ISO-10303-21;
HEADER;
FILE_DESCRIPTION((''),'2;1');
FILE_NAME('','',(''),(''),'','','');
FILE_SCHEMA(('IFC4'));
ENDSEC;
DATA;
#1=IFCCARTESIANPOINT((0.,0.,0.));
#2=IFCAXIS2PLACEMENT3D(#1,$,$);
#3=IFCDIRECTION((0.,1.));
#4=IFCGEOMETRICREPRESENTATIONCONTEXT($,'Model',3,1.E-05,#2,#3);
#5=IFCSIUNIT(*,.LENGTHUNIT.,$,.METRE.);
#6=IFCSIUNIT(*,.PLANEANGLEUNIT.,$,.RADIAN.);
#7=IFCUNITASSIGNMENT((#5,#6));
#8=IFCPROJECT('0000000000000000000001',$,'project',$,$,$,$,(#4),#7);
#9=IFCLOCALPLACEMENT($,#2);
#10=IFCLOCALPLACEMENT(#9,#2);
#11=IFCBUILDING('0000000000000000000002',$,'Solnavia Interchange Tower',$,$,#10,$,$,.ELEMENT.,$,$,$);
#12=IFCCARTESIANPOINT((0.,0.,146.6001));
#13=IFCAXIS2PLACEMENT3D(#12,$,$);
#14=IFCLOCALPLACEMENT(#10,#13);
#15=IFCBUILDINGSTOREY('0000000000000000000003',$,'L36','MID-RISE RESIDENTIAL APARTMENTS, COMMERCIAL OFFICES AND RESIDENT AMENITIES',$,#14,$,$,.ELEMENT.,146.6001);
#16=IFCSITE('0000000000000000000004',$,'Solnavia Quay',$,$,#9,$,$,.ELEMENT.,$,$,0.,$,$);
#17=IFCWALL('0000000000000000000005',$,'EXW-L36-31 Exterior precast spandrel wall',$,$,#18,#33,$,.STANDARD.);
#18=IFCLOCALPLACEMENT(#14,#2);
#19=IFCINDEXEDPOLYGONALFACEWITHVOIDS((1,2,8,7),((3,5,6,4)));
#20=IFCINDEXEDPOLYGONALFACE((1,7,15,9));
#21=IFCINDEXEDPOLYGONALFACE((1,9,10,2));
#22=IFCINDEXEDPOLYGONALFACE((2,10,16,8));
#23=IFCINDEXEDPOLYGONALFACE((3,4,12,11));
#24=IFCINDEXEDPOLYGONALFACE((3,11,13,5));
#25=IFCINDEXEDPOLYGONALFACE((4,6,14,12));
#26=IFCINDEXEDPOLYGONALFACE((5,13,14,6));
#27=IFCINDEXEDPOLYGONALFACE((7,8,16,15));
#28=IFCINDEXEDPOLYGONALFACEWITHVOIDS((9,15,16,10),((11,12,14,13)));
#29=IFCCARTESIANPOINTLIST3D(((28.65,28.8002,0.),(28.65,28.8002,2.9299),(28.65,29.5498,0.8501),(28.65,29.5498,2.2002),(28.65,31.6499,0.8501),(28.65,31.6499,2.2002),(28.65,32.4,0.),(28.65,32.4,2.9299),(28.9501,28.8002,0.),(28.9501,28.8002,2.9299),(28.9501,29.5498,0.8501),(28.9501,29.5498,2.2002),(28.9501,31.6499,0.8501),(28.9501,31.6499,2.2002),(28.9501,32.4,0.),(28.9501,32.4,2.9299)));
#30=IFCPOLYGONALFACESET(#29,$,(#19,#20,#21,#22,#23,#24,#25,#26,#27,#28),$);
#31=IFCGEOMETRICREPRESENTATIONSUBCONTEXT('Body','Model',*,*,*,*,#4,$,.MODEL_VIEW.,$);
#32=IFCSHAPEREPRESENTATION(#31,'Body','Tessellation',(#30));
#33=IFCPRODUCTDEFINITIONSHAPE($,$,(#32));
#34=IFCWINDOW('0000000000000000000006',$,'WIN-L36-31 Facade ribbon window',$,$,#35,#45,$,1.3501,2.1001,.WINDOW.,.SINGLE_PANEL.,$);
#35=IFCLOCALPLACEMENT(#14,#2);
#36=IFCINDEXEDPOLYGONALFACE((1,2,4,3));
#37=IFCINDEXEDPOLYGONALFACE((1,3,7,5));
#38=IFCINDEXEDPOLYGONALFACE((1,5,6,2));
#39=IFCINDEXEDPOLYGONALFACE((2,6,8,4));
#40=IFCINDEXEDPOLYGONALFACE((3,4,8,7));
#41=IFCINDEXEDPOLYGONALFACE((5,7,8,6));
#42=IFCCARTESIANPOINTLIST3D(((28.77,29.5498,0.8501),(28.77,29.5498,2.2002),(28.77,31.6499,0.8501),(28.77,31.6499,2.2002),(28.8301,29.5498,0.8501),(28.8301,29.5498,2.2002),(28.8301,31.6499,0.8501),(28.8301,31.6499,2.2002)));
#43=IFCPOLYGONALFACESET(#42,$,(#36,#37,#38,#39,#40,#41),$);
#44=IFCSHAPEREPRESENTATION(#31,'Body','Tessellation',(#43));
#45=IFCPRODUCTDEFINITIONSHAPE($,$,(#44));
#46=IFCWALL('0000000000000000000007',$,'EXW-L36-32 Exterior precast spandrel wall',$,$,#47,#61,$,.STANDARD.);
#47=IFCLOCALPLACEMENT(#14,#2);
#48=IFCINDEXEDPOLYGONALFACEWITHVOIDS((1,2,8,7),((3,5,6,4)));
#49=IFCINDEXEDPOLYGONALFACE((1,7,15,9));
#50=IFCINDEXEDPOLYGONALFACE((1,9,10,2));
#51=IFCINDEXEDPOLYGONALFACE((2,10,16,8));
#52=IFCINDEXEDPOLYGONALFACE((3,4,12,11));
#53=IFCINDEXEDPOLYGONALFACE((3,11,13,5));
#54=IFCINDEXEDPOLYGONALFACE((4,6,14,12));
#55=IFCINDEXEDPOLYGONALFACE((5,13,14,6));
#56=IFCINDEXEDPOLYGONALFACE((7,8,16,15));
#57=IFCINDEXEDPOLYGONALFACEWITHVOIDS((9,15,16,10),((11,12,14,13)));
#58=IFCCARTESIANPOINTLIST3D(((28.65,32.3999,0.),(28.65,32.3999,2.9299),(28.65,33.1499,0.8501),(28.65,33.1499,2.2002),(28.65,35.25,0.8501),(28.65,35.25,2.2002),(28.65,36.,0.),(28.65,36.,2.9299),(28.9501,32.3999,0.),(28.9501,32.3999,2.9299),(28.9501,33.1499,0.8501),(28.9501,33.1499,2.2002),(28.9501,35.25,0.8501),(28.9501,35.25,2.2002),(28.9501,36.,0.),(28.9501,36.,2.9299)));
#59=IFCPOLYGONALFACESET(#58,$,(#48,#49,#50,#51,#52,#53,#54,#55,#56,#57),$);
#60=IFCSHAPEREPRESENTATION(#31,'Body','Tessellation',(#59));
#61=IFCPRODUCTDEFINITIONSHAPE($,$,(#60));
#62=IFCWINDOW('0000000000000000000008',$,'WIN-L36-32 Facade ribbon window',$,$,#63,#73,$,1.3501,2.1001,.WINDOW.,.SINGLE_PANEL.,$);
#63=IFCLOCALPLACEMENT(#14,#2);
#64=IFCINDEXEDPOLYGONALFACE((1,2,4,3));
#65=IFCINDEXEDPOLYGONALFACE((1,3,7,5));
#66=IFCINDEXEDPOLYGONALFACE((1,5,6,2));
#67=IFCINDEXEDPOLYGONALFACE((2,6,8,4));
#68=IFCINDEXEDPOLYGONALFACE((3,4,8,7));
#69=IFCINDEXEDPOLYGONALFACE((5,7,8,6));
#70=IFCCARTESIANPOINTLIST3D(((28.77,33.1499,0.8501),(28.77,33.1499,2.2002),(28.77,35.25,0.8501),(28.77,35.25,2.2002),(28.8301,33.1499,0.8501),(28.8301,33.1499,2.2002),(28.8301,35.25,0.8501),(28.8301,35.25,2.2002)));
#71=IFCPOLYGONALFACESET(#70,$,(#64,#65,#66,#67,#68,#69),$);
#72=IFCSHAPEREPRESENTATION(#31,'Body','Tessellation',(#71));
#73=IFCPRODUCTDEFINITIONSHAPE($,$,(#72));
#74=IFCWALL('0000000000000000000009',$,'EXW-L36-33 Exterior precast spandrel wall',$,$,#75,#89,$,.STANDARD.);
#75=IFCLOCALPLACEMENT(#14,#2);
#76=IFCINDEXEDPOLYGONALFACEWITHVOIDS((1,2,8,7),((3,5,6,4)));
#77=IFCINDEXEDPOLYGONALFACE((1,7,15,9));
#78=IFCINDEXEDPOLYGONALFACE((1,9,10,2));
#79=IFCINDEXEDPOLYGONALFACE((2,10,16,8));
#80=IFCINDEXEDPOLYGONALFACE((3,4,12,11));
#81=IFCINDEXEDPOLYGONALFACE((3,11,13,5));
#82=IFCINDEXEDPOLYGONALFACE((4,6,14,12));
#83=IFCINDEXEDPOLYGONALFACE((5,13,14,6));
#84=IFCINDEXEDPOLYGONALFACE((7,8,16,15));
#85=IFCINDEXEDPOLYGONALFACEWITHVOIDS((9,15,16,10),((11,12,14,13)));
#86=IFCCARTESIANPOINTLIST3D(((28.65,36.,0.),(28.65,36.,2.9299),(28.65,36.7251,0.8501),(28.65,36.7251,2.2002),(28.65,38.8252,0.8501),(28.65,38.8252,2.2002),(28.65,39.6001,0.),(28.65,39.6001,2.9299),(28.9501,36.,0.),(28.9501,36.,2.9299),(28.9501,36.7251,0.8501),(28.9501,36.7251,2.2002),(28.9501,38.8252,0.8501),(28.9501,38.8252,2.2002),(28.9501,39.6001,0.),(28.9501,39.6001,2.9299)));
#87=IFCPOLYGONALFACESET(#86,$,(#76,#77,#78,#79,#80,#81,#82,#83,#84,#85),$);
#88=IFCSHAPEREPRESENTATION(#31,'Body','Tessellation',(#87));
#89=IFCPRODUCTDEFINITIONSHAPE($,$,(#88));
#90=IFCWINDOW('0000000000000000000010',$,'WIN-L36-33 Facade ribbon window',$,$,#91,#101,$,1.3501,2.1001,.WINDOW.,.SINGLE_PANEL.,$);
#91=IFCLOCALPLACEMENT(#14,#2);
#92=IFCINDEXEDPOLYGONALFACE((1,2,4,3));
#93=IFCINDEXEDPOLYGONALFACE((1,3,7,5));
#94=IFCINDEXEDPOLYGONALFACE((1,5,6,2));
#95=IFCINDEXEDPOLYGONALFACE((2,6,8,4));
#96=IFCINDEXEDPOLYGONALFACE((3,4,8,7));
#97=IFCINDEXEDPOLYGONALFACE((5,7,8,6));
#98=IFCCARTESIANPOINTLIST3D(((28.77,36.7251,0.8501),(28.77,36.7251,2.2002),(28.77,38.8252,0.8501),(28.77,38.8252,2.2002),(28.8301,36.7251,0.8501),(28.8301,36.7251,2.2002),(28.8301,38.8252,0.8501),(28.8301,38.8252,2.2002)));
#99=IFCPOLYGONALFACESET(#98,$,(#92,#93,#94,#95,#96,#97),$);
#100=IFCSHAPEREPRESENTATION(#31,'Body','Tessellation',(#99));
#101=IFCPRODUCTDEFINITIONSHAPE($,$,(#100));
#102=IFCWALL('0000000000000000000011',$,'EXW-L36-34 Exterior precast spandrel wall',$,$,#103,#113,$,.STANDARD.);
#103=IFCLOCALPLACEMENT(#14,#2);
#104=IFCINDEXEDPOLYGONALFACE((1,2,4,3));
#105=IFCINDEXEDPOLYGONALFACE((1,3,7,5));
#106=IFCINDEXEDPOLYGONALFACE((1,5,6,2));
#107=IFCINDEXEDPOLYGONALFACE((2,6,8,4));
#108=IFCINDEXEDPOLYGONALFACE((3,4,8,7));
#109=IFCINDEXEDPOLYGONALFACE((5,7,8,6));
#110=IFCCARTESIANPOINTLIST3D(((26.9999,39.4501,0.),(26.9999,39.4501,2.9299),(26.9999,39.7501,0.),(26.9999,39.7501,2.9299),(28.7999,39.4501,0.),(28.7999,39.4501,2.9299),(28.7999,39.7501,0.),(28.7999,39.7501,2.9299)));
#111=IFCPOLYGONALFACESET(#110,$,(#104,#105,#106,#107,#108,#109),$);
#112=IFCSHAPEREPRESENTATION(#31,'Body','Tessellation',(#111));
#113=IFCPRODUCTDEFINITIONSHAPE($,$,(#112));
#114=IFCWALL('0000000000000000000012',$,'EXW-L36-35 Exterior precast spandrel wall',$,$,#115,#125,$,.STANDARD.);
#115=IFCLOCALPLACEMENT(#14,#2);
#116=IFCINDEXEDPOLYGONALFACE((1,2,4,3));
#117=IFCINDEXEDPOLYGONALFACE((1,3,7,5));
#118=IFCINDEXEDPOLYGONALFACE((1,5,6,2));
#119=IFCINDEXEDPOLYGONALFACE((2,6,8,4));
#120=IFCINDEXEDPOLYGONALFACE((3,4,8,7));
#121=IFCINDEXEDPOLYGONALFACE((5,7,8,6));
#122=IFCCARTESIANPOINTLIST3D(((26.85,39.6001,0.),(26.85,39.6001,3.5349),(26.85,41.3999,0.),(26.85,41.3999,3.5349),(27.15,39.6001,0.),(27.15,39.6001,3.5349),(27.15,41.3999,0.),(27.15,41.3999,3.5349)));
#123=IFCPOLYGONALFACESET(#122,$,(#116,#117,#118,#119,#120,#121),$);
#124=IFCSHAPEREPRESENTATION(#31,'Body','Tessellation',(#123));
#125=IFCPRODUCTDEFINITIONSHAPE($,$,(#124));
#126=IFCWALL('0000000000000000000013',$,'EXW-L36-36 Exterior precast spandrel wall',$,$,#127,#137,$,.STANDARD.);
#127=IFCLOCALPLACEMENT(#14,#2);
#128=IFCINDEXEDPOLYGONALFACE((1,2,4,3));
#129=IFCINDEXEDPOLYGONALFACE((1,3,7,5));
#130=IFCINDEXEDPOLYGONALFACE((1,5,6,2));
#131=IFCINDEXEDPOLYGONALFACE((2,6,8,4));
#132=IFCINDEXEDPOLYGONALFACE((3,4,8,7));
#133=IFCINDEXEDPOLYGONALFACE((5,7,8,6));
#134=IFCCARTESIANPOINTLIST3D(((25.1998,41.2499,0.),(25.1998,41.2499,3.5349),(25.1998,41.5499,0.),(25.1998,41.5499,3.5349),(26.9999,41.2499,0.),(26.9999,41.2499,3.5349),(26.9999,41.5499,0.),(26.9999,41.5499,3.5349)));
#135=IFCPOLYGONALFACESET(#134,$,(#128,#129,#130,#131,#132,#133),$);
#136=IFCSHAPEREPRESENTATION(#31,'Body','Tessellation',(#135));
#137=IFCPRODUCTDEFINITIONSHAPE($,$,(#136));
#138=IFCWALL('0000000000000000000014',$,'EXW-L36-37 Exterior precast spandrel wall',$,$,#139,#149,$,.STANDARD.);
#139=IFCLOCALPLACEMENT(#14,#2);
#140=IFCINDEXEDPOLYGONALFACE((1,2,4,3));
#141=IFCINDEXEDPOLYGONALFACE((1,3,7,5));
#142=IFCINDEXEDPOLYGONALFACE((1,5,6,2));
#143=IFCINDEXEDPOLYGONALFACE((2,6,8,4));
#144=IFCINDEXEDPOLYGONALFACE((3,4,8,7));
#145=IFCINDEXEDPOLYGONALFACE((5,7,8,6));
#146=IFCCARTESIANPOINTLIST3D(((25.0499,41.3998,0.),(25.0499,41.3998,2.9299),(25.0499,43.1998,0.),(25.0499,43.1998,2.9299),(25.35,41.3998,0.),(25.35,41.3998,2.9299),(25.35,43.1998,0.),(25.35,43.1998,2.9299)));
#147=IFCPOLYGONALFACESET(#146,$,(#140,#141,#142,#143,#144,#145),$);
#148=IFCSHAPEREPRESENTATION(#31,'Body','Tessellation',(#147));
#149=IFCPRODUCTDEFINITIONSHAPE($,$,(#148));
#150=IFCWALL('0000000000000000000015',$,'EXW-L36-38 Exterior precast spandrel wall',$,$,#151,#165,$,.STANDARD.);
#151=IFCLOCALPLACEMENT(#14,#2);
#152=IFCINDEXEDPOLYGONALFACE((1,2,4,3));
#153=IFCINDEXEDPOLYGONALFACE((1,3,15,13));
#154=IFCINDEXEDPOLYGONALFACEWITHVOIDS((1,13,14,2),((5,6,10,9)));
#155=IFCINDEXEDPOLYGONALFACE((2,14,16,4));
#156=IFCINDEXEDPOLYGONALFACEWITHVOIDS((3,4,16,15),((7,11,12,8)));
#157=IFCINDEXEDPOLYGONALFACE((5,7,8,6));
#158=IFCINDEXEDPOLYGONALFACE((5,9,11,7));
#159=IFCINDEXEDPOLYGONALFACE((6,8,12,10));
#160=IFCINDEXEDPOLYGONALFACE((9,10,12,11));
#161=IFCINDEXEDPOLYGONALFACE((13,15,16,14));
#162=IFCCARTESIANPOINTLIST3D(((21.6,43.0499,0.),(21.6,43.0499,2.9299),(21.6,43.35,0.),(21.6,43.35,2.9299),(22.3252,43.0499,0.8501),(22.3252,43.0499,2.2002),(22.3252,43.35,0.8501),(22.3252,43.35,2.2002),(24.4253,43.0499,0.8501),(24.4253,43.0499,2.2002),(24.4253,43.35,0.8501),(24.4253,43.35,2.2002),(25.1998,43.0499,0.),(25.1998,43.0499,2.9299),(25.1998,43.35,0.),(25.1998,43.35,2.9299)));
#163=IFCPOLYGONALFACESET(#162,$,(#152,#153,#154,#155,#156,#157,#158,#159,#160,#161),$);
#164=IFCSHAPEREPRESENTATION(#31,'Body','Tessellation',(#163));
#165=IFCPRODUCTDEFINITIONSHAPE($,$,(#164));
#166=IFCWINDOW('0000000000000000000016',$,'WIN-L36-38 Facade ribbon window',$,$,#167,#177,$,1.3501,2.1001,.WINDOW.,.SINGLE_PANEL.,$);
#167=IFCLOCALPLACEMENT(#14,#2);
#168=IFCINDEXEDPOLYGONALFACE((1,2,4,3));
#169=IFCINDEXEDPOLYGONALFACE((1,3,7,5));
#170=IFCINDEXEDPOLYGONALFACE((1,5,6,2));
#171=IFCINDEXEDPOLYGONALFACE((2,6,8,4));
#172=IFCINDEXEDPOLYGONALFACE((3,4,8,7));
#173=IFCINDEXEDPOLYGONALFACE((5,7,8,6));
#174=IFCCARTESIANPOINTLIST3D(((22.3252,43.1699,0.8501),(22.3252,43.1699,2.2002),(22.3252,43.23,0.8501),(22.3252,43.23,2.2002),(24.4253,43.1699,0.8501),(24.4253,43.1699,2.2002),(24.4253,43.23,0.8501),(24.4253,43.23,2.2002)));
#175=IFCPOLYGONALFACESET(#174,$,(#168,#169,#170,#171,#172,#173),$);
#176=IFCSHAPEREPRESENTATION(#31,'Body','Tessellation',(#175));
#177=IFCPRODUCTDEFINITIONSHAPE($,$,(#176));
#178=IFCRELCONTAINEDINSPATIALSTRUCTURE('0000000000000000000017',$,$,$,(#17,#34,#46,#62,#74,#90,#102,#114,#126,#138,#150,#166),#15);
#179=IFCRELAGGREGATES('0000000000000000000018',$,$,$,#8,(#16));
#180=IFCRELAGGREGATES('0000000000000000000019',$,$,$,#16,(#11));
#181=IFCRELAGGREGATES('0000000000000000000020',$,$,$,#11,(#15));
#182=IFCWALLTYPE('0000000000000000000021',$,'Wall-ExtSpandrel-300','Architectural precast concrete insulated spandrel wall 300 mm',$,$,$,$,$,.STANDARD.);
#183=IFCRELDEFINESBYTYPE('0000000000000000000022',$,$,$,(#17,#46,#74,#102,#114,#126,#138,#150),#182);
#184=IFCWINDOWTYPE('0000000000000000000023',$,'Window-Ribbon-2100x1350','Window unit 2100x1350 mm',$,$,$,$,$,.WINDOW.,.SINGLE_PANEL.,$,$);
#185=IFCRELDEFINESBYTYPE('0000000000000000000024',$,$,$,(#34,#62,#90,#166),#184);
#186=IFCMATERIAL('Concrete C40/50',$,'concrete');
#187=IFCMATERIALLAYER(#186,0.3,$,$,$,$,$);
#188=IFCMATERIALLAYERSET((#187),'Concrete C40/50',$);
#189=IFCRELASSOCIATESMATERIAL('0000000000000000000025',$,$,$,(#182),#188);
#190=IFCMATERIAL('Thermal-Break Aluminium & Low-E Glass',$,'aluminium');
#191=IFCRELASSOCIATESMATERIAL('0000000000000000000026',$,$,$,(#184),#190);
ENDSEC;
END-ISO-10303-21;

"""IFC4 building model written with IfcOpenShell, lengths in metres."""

from ifc_helpers import new_model, si_unit, direction, frame, frame_2d, origin, place, context, subcontext, project, spatial, rectangle, extrude, material, layer, layer_set, type_object, element, fill, save


model = new_model("IFC4")

# Units and contexts
model_context = context("Model", 3, precision=1e-05, world=origin(), true_north=direction((0.0, 1.0)))
body_context = subcontext(model_context, "Body", "Model", "MODEL_VIEW")
ifc_project = project(units=[si_unit("LENGTHUNIT", "METRE"), si_unit("PLANEANGLEUNIT", "RADIAN")], contexts=[model_context])

# Site, building, storey
site_placement = place(None, origin())
site = spatial("IfcSite", under=ifc_project, at=site_placement, Name="Solnavia Quay", CompositionType="ELEMENT", RefElevation=0.0)
building_placement = place(site_placement, origin())
building = spatial("IfcBuilding", under=site, at=building_placement, Name="Solnavia Interchange Tower", CompositionType="ELEMENT")
storey_placement = place(building_placement, frame((0.0, 0.0, 146.6001)))
storey = spatial("IfcBuildingStorey", under=building, at=storey_placement, Name="L36", Description="MID-RISE RESIDENTIAL APARTMENTS, COMMERCIAL OFFICES AND RESIDENT AMENITIES", CompositionType="ELEMENT", Elevation=146.6001)

# Walls, openings, windows
ifc_material_1 = material(Name="Concrete C40/50", Category="concrete")
ifc_layer_1 = layer(ifc_material_1, 0.3)
ifc_layer_set_1 = layer_set([ifc_layer_1], Name="Concrete C40/50")
wall_type_1 = type_object("IfcWallType", Name="Wall-ExtSpandrel-300", Description="Architectural precast concrete insulated spandrel wall 300 mm", PredefinedType="STANDARD", material=ifc_layer_set_1)
wall_1_placement = place(storey_placement, frame((28.8, 32.3999, 0.0), z_axis=(0.0, 0.0, 1.0), x_axis=(0.0, -1.0, 0.0)))
wall_1 = element("IfcWall", 1, at=wall_1_placement, inside=storey, type_object=wall_type_1, Name="EXW-L36-31 Exterior precast spandrel wall", PredefinedType="STANDARD", context=body_context, shape_type="SweptSolid", body=[
    extrude(rectangle(XDim=3.5999, YDim=0.3, at=frame_2d((1.7998, 0.0))), origin(), (0.0, 0.0, 1.0), 2.9299),
])
opening_1_placement = place(wall_1_placement, frame((0.75, 0.0, 0.8501)))
opening_1 = element("IfcOpeningElement", 2, at=opening_1_placement, cuts=wall_1, PredefinedType="OPENING", context=body_context, shape_type="SweptSolid", body=[
    extrude(rectangle(XDim=2.1001, YDim=1.3501, at=frame_2d((1.05, 0.675))), frame((0.0, 0.1602, 0.0), z_axis=(0.0, -1.0, 0.0), x_axis=(1.0, 0.0, 0.0)), (0.0, 0.0, 1.0), 0.3201),
])
ifc_material_2 = material(Name="Thermal-Break Aluminium & Low-E Glass", Category="aluminium")
window_type = type_object("IfcWindowType", Name="Window-Ribbon-2100x1350", Description="Window unit 2100x1350 mm", PartitioningType="SINGLE_PANEL", PredefinedType="WINDOW", material=ifc_material_2)
window_1_placement = place(opening_1_placement, origin())
window_1 = element("IfcWindow", 3, at=window_1_placement, inside=storey, type_object=window_type, Name="WIN-L36-31 Facade ribbon window", OverallHeight=1.3501, OverallWidth=2.1001, PartitioningType="SINGLE_PANEL", PredefinedType="WINDOW", context=body_context, shape_type="SweptSolid", body=[
    extrude(rectangle(XDim=2.1001, YDim=1.3501, at=frame_2d((1.05, 0.675))), frame((0.0, 0.03, 0.0), z_axis=(0.0, -1.0, 0.0), x_axis=(1.0, 0.0, 0.0)), (0.0, 0.0, 1.0), 0.0601),
])
fill(opening_1, window_1)
wall_2_placement = place(storey_placement, frame((28.8, 36.0, 0.0), z_axis=(0.0, 0.0, 1.0), x_axis=(0.0, -1.0, 0.0)))
wall_2 = element("IfcWall", 4, at=wall_2_placement, inside=storey, type_object=wall_type_1, Name="EXW-L36-32 Exterior precast spandrel wall", PredefinedType="STANDARD", context=body_context, shape_type="SweptSolid", body=[
    extrude(rectangle(XDim=3.6001, YDim=0.3, at=frame_2d((1.8, 0.0))), origin(), (0.0, 0.0, 1.0), 2.9299),
])
opening_2_placement = place(wall_2_placement, frame((0.75, 0.0, 0.8501)))
opening_2 = element("IfcOpeningElement", 5, at=opening_2_placement, cuts=wall_2, PredefinedType="OPENING", context=body_context, shape_type="SweptSolid", body=[
    extrude(rectangle(XDim=2.1001, YDim=1.3501, at=frame_2d((1.05, 0.675))), frame((0.0, 0.1602, 0.0), z_axis=(0.0, -1.0, 0.0), x_axis=(1.0, 0.0, 0.0)), (0.0, 0.0, 1.0), 0.3201),
])
window_2_placement = place(opening_2_placement, origin())
window_2 = element("IfcWindow", 6, at=window_2_placement, inside=storey, type_object=window_type, Name="WIN-L36-32 Facade ribbon window", OverallHeight=1.3501, OverallWidth=2.1001, PartitioningType="SINGLE_PANEL", PredefinedType="WINDOW", context=body_context, shape_type="SweptSolid", body=[
    extrude(rectangle(XDim=2.1001, YDim=1.3501, at=frame_2d((1.05, 0.675))), frame((0.0, 0.03, 0.0), z_axis=(0.0, -1.0, 0.0), x_axis=(1.0, 0.0, 0.0)), (0.0, 0.0, 1.0), 0.0601),
])
fill(opening_2, window_2)
wall_3_placement = place(storey_placement, frame((28.8, 39.6001, 0.0), z_axis=(0.0, 0.0, 1.0), x_axis=(0.0, -1.0, 0.0)))
wall_3 = element("IfcWall", 7, at=wall_3_placement, inside=storey, type_object=wall_type_1, Name="EXW-L36-33 Exterior precast spandrel wall", PredefinedType="STANDARD", context=body_context, shape_type="SweptSolid", body=[
    extrude(rectangle(XDim=3.6001, YDim=0.3, at=frame_2d((1.8, 0.0))), origin(), (0.0, 0.0, 1.0), 2.9299),
])
opening_3_placement = place(wall_3_placement, frame((0.7749, 0.0, 0.8501)))
opening_3 = element("IfcOpeningElement", 8, at=opening_3_placement, cuts=wall_3, PredefinedType="OPENING", context=body_context, shape_type="SweptSolid", body=[
    extrude(rectangle(XDim=2.1001, YDim=1.3501, at=frame_2d((1.05, 0.675))), frame((0.0, 0.1602, 0.0), z_axis=(0.0, -1.0, 0.0), x_axis=(1.0, 0.0, 0.0)), (0.0, 0.0, 1.0), 0.3201),
])
window_3_placement = place(opening_3_placement, origin())
window_3 = element("IfcWindow", 9, at=window_3_placement, inside=storey, type_object=window_type, Name="WIN-L36-33 Facade ribbon window", OverallHeight=1.3501, OverallWidth=2.1001, PartitioningType="SINGLE_PANEL", PredefinedType="WINDOW", context=body_context, shape_type="SweptSolid", body=[
    extrude(rectangle(XDim=2.1001, YDim=1.3501, at=frame_2d((1.05, 0.675))), frame((0.0, 0.03, 0.0), z_axis=(0.0, -1.0, 0.0), x_axis=(1.0, 0.0, 0.0)), (0.0, 0.0, 1.0), 0.0601),
])
fill(opening_3, window_3)

# Walls
wall_4_placement = place(storey_placement, frame((27.0, 39.6001, 0.0), z_axis=(0.0, 0.0, 1.0), x_axis=(1.0, 0.0, 0.0)))
element("IfcWall", 10, at=wall_4_placement, inside=storey, type_object=wall_type_1, Name="EXW-L36-34 Exterior precast spandrel wall", PredefinedType="STANDARD", context=body_context, shape_type="SweptSolid", body=[
    extrude(rectangle(XDim=1.8, YDim=0.3, at=frame_2d((0.8999, 0.0))), origin(), (0.0, 0.0, 1.0), 2.9299),
])
wall_5_placement = place(storey_placement, frame((27.0, 39.6001, 0.0), z_axis=(0.0, 0.0, 1.0), x_axis=(0.0, 1.0, 0.0)))
element("IfcWall", 11, at=wall_5_placement, inside=storey, type_object=wall_type_1, Name="EXW-L36-35 Exterior precast spandrel wall", PredefinedType="STANDARD", context=body_context, shape_type="SweptSolid", body=[
    extrude(rectangle(XDim=1.7998, YDim=0.3, at=frame_2d((0.8999, 0.0))), origin(), (0.0, 0.0, 1.0), 3.5349),
])
wall_6_placement = place(storey_placement, frame((25.2, 41.3999, 0.0), z_axis=(0.0, 0.0, 1.0), x_axis=(1.0, 0.0, 0.0)))
element("IfcWall", 12, at=wall_6_placement, inside=storey, type_object=wall_type_1, Name="EXW-L36-36 Exterior precast spandrel wall", PredefinedType="STANDARD", context=body_context, shape_type="SweptSolid", body=[
    extrude(rectangle(XDim=1.8, YDim=0.3, at=frame_2d((0.8999, 0.0))), origin(), (0.0, 0.0, 1.0), 3.5349),
])
wall_7_placement = place(storey_placement, frame((25.2, 41.3999, 0.0), z_axis=(0.0, 0.0, 1.0), x_axis=(0.0, 1.0, 0.0)))
element("IfcWall", 13, at=wall_7_placement, inside=storey, type_object=wall_type_1, Name="EXW-L36-37 Exterior precast spandrel wall", PredefinedType="STANDARD", context=body_context, shape_type="SweptSolid", body=[
    extrude(rectangle(XDim=1.8, YDim=0.3, at=frame_2d((0.8999, 0.0))), origin(), (0.0, 0.0, 1.0), 2.9299),
])

# Wall, opening, window
wall_8_placement = place(storey_placement, frame((21.6001, 43.2, 0.0), z_axis=(0.0, 0.0, 1.0), x_axis=(1.0, 0.0, 0.0)))
wall_8 = element("IfcWall", 14, at=wall_8_placement, inside=storey, type_object=wall_type_1, Name="EXW-L36-38 Exterior precast spandrel wall", PredefinedType="STANDARD", context=body_context, shape_type="SweptSolid", body=[
    extrude(rectangle(XDim=3.5999, YDim=0.3, at=frame_2d((1.7998, 0.0))), origin(), (0.0, 0.0, 1.0), 2.9299),
])
opening_4_placement = place(wall_8_placement, frame((0.7251, 0.0, 0.8501)))
opening_4 = element("IfcOpeningElement", 15, at=opening_4_placement, cuts=wall_8, PredefinedType="OPENING", context=body_context, shape_type="SweptSolid", body=[
    extrude(rectangle(XDim=2.1001, YDim=1.3501, at=frame_2d((1.05, 0.675))), frame((0.0, 0.1602, 0.0), z_axis=(0.0, -1.0, 0.0), x_axis=(1.0, 0.0, 0.0)), (0.0, 0.0, 1.0), 0.3201),
])
window_4_placement = place(opening_4_placement, origin())
window_4 = element("IfcWindow", 16, at=window_4_placement, inside=storey, type_object=window_type, Name="WIN-L36-38 Facade ribbon window", OverallHeight=1.3501, OverallWidth=2.1001, PartitioningType="SINGLE_PANEL", PredefinedType="WINDOW", context=body_context, shape_type="SweptSolid", body=[
    extrude(rectangle(XDim=2.1001, YDim=1.3501, at=frame_2d((1.05, 0.675))), frame((0.0, 0.03, 0.0), z_axis=(0.0, -1.0, 0.0), x_axis=(1.0, 0.0, 0.0)), (0.0, 0.0, 1.0), 0.0601),
])
fill(opening_4, window_4)

save(model, "model.ifc")
